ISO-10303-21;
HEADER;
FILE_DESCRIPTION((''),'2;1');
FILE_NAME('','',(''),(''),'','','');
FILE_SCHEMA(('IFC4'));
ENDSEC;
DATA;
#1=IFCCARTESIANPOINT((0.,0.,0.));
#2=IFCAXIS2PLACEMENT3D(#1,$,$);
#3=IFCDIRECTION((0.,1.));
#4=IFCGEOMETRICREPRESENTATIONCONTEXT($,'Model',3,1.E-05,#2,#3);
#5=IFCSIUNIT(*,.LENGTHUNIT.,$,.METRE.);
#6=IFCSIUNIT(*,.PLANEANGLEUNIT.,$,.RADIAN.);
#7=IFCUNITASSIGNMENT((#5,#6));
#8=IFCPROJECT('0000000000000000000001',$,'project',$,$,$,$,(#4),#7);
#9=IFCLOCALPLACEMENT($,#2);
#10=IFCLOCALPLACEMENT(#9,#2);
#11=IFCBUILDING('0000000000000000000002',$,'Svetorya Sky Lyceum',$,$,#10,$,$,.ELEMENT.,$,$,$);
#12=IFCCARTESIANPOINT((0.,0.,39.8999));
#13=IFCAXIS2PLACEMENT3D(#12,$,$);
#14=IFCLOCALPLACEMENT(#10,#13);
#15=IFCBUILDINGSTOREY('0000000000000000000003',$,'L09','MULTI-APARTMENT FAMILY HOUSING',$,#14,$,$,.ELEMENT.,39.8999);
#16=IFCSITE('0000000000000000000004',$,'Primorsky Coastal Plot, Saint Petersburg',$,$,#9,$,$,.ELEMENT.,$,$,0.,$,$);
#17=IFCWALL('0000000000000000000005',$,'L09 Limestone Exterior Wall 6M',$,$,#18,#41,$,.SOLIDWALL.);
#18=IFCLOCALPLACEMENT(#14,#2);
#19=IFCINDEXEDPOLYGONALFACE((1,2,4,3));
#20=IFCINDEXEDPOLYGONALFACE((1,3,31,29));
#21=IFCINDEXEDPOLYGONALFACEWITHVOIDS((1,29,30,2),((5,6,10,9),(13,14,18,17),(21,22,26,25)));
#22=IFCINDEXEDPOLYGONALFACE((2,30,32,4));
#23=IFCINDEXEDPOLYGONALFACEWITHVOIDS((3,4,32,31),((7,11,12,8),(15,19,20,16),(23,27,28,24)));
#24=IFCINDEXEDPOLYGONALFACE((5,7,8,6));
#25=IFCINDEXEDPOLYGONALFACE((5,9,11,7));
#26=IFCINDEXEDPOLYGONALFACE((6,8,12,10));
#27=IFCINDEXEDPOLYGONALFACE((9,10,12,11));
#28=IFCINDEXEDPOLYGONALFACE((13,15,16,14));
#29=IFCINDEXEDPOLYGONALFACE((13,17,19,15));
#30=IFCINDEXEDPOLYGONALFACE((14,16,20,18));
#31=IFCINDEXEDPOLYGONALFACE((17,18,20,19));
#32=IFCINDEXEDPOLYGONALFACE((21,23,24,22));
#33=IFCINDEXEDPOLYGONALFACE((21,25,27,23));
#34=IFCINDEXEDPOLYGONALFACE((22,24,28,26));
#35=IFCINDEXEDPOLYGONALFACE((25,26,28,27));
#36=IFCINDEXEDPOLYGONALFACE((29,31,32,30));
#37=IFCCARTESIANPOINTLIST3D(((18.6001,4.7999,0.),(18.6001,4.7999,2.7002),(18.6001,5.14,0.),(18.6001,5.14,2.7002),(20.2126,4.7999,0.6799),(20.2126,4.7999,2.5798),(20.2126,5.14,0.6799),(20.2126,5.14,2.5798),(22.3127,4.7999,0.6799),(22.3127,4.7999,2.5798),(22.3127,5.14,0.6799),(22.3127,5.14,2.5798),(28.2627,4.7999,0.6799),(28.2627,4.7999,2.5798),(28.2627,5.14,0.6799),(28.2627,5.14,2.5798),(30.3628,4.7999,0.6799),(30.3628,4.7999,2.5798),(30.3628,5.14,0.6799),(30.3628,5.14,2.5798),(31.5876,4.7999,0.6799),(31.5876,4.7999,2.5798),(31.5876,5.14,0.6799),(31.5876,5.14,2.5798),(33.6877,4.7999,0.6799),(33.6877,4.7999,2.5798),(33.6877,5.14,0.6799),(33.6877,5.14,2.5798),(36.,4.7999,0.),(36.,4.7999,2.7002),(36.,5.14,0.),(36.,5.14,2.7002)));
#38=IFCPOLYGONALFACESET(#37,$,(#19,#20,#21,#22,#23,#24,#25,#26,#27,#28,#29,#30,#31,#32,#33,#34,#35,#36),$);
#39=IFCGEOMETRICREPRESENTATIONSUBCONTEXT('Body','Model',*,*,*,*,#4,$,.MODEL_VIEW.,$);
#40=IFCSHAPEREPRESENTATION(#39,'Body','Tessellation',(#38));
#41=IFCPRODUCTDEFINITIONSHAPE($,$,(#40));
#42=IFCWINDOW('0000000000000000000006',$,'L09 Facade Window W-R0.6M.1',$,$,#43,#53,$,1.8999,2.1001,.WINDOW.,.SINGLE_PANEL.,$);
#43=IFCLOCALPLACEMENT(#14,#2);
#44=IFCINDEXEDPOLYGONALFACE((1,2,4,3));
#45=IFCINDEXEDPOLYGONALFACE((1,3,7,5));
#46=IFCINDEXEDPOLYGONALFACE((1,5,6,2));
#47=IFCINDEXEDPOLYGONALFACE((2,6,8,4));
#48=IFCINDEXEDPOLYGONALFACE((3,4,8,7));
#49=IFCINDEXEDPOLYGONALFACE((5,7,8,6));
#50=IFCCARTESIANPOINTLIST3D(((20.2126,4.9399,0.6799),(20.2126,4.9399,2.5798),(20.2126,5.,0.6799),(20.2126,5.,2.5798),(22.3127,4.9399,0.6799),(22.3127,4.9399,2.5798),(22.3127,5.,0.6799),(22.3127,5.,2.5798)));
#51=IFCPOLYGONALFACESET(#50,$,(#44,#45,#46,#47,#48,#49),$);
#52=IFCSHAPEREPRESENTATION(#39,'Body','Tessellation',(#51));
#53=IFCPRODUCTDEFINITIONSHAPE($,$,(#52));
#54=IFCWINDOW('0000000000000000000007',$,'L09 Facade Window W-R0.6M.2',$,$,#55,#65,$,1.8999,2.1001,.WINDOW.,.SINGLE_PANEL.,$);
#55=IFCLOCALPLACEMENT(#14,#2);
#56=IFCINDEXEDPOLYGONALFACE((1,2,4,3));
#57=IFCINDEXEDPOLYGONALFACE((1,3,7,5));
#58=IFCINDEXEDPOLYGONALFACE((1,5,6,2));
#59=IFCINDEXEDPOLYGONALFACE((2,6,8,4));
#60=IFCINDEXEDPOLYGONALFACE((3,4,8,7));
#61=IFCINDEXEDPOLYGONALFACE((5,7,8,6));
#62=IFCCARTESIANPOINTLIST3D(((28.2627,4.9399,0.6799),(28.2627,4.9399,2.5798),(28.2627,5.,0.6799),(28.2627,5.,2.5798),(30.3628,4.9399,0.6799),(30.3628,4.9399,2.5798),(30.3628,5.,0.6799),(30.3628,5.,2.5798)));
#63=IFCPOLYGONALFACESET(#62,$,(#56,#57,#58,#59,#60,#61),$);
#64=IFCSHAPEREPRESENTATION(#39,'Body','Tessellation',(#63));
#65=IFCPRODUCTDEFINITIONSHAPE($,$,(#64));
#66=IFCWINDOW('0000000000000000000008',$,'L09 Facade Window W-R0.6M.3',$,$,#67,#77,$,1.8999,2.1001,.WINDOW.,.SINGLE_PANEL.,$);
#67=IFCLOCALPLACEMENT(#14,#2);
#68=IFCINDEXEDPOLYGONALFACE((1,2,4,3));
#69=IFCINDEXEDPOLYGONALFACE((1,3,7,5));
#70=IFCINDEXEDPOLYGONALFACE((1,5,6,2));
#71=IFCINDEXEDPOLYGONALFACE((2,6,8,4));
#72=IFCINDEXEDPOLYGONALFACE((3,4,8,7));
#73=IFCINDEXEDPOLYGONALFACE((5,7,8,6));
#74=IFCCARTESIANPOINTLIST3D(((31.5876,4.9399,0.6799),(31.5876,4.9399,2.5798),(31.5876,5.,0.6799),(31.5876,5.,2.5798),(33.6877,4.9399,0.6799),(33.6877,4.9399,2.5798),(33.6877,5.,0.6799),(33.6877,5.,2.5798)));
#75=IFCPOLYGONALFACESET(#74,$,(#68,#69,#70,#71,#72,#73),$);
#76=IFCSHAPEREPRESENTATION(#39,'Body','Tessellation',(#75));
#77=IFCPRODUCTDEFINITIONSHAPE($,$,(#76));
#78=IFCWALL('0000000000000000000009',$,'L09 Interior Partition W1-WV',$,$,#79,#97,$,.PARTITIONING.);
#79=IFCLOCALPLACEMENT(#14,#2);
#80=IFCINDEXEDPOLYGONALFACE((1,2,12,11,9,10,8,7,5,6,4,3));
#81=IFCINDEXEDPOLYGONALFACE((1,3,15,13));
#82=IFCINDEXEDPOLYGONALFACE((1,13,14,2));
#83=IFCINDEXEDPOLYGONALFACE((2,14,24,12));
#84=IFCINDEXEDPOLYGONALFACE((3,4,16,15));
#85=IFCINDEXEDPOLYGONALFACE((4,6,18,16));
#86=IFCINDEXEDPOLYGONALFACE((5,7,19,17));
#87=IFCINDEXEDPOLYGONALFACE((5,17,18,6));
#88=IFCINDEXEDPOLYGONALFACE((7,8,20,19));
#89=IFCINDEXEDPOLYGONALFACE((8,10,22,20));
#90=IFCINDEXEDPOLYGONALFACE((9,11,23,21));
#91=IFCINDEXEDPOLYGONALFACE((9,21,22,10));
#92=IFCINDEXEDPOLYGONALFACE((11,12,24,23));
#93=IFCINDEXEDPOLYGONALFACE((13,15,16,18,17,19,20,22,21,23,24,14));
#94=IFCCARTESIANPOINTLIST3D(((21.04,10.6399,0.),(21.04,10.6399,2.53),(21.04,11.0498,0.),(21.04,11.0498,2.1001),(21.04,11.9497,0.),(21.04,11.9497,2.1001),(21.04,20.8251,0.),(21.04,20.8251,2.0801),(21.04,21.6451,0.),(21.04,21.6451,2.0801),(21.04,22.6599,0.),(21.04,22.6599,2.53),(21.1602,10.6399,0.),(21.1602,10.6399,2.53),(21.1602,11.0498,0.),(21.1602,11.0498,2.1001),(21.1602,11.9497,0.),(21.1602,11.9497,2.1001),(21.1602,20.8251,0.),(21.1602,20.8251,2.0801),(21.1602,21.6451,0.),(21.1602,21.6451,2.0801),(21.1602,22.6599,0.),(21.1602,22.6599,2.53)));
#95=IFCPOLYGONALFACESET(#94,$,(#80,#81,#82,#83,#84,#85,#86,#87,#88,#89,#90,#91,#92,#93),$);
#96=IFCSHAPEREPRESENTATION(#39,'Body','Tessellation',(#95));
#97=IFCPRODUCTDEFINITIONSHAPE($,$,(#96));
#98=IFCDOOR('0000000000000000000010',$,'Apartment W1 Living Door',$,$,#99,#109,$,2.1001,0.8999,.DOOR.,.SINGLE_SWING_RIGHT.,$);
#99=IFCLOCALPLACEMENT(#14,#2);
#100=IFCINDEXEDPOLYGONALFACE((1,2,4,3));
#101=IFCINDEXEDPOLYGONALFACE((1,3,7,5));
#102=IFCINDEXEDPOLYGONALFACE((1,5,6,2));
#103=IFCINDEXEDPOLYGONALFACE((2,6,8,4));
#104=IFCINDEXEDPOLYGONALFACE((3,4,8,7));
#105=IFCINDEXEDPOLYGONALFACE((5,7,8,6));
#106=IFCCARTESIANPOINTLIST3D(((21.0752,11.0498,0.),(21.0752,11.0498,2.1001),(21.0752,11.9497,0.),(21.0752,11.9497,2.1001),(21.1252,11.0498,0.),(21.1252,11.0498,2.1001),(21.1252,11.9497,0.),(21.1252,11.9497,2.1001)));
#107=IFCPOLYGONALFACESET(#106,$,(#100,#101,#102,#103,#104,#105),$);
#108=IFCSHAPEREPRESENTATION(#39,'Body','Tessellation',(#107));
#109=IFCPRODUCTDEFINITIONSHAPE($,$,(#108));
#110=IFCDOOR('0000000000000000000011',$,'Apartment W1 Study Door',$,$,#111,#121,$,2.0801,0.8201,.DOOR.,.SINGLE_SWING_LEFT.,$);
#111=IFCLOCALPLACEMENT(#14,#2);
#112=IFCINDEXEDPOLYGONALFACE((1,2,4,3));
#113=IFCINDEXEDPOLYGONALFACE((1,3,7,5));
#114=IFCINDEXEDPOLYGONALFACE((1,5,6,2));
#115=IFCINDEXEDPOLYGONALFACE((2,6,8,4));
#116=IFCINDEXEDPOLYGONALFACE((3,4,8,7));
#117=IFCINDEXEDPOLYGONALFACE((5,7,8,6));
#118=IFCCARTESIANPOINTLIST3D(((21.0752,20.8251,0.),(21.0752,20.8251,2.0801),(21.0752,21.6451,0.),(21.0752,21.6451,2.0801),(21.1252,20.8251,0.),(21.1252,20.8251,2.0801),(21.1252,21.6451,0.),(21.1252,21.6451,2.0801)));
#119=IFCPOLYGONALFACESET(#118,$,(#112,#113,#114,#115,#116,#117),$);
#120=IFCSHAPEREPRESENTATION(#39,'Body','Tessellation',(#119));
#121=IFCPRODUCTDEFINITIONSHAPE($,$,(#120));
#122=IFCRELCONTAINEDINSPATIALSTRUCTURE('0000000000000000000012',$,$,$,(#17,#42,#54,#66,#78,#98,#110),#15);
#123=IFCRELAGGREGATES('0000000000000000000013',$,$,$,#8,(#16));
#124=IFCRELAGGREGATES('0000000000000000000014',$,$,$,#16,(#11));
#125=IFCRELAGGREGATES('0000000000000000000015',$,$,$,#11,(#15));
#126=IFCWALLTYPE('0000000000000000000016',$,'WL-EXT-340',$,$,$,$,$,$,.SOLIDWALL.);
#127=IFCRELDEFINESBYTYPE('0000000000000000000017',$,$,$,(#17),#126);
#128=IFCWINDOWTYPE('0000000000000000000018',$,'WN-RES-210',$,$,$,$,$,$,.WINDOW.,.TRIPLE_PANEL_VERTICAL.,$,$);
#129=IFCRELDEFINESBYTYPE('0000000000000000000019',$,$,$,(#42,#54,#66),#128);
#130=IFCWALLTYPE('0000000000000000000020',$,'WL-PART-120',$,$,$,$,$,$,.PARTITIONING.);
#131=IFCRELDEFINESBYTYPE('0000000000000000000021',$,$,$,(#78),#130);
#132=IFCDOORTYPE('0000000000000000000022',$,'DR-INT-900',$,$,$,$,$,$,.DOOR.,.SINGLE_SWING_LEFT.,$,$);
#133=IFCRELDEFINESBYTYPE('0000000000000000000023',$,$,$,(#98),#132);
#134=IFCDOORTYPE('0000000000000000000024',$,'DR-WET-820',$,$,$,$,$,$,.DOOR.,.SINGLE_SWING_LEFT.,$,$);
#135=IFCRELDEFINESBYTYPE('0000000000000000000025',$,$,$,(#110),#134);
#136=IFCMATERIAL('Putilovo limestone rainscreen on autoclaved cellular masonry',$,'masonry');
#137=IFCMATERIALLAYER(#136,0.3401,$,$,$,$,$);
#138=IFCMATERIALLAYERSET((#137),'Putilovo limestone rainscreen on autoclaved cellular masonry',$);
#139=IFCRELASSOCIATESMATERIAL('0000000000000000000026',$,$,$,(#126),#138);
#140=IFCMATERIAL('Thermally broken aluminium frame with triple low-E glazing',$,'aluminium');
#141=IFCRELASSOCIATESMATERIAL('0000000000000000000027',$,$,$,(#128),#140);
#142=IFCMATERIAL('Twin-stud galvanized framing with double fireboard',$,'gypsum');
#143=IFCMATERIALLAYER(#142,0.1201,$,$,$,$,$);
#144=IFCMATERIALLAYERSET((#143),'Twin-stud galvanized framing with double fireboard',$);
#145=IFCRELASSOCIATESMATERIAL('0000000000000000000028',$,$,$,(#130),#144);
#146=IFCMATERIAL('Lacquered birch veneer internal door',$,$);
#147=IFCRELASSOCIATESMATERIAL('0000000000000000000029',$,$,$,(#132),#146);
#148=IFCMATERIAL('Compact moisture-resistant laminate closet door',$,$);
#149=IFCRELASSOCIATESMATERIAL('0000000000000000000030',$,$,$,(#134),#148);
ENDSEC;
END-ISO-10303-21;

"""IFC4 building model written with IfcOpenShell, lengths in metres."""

from ifc_helpers import new_model, si_unit, direction, frame, frame_2d, origin, place, context, subcontext, project, spatial, rectangle, extrude, material, layer, layer_set, type_object, element, fill, save


model = new_model("IFC4")

# Units and contexts
model_context = context("Model", 3, precision=1e-05, world=origin(), true_north=direction((0.0, 1.0)))
body_context = subcontext(model_context, "Body", "Model", "MODEL_VIEW")
ifc_project = project(units=[si_unit("LENGTHUNIT", "METRE"), si_unit("PLANEANGLEUNIT", "RADIAN")], contexts=[model_context])

# Site, building, storey
site_placement = place(None, origin())
site = spatial("IfcSite", under=ifc_project, at=site_placement, Name="Primorsky Coastal Plot, Saint Petersburg", CompositionType="ELEMENT", RefElevation=0.0)
building_placement = place(site_placement, origin())
building = spatial("IfcBuilding", under=site, at=building_placement, Name="Svetorya Sky Lyceum", CompositionType="ELEMENT")
storey_placement = place(building_placement, frame((0.0, 0.0, 39.8999)))
storey = spatial("IfcBuildingStorey", under=building, at=storey_placement, Name="L09", Description="MULTI-APARTMENT FAMILY HOUSING", CompositionType="ELEMENT", Elevation=39.8999)

# Shared definitions
ifc_material_1 = material(Name="Putilovo limestone rainscreen on autoclaved cellular masonry", Category="masonry")
ifc_layer_1 = layer(ifc_material_1, 0.3401)
ifc_layer_set_1 = layer_set([ifc_layer_1], Name="Putilovo limestone rainscreen on autoclaved cellular masonry")
wall_type_1 = type_object("IfcWallType", Name="WL-EXT-340", PredefinedType="SOLIDWALL", material=ifc_layer_set_1)

# Wall, openings, windows
wall_1_placement = place(storey_placement, frame((18.6001, 4.97, 0.0), z_axis=(0.0, 0.0, 1.0), x_axis=(1.0, 0.0, 0.0)))
wall_1 = element("IfcWall", 1, at=wall_1_placement, inside=storey, type_object=wall_type_1, Name="L09 Limestone Exterior Wall 6M", PredefinedType="SOLIDWALL", context=body_context, shape_type="SweptSolid", body=[
    extrude(rectangle(XDim=17.3999, YDim=0.3401, at=frame_2d((8.7, 0.0))), origin(), (0.0, 0.0, 1.0), 2.7002),
])
opening_1_placement = place(wall_1_placement, frame((1.6125, 0.0, 0.6799)))
opening_1 = element("IfcOpeningElement", 2, at=opening_1_placement, cuts=wall_1, PredefinedType="OPENING", context=body_context, shape_type="SweptSolid", body=[
    extrude(rectangle(XDim=2.1001, YDim=1.8999, at=frame_2d((1.05, 0.95))), frame((0.0, 0.1799, 0.0), z_axis=(0.0, -1.0, 0.0), x_axis=(1.0, 0.0, 0.0)), (0.0, 0.0, 1.0), 0.3601),
])
opening_2_placement = place(wall_1_placement, frame((9.6626, 0.0, 0.6799)))
opening_2 = element("IfcOpeningElement", 3, at=opening_2_placement, cuts=wall_1, PredefinedType="OPENING", context=body_context, shape_type="SweptSolid", body=[
    extrude(rectangle(XDim=2.1001, YDim=1.8999, at=frame_2d((1.05, 0.95))), frame((0.0, 0.1799, 0.0), z_axis=(0.0, -1.0, 0.0), x_axis=(1.0, 0.0, 0.0)), (0.0, 0.0, 1.0), 0.3601),
])
opening_3_placement = place(wall_1_placement, frame((12.9875, 0.0, 0.6799)))
opening_3 = element("IfcOpeningElement", 4, at=opening_3_placement, cuts=wall_1, PredefinedType="OPENING", context=body_context, shape_type="SweptSolid", body=[
    extrude(rectangle(XDim=2.1001, YDim=1.8999, at=frame_2d((1.05, 0.95))), frame((0.0, 0.1799, 0.0), z_axis=(0.0, -1.0, 0.0), x_axis=(1.0, 0.0, 0.0)), (0.0, 0.0, 1.0), 0.3601),
])
ifc_material_2 = material(Name="Thermally broken aluminium frame with triple low-E glazing", Category="aluminium")
window_type = type_object("IfcWindowType", Name="WN-RES-210", PartitioningType="TRIPLE_PANEL_VERTICAL", PredefinedType="WINDOW", material=ifc_material_2)
window_1_placement = place(opening_1_placement, origin())
window_1 = element("IfcWindow", 5, at=window_1_placement, inside=storey, type_object=window_type, Name="L09 Facade Window W-R0.6M.1", OverallHeight=1.8999, OverallWidth=2.1001, PartitioningType="SINGLE_PANEL", PredefinedType="WINDOW", context=body_context, shape_type="SweptSolid", body=[
    extrude(rectangle(XDim=2.1001, YDim=1.8999, at=frame_2d((1.05, 0.95))), frame((0.0, 0.03, 0.0), z_axis=(0.0, -1.0, 0.0), x_axis=(1.0, 0.0, 0.0)), (0.0, 0.0, 1.0), 0.0601),
])
fill(opening_1, window_1)
window_2_placement = place(opening_2_placement, origin())
window_2 = element("IfcWindow", 6, at=window_2_placement, inside=storey, type_object=window_type, Name="L09 Facade Window W-R0.6M.2", OverallHeight=1.8999, OverallWidth=2.1001, PartitioningType="SINGLE_PANEL", PredefinedType="WINDOW", context=body_context, shape_type="SweptSolid", body=[
    extrude(rectangle(XDim=2.1001, YDim=1.8999, at=frame_2d((1.05, 0.95))), frame((0.0, 0.03, 0.0), z_axis=(0.0, -1.0, 0.0), x_axis=(1.0, 0.0, 0.0)), (0.0, 0.0, 1.0), 0.0601),
])
fill(opening_2, window_2)
window_3_placement = place(opening_3_placement, origin())
window_3 = element("IfcWindow", 7, at=window_3_placement, inside=storey, type_object=window_type, Name="L09 Facade Window W-R0.6M.3", OverallHeight=1.8999, OverallWidth=2.1001, PartitioningType="SINGLE_PANEL", PredefinedType="WINDOW", context=body_context, shape_type="SweptSolid", body=[
    extrude(rectangle(XDim=2.1001, YDim=1.8999, at=frame_2d((1.05, 0.95))), frame((0.0, 0.03, 0.0), z_axis=(0.0, -1.0, 0.0), x_axis=(1.0, 0.0, 0.0)), (0.0, 0.0, 1.0), 0.0601),
])
fill(opening_3, window_3)

# Wall, openings, doors
ifc_material_3 = material(Name="Twin-stud galvanized framing with double fireboard", Category="gypsum")
ifc_layer_2 = layer(ifc_material_3, 0.1201)
ifc_layer_set_2 = layer_set([ifc_layer_2], Name="Twin-stud galvanized framing with double fireboard")
wall_type_2 = type_object("IfcWallType", Name="WL-PART-120", PredefinedType="PARTITIONING", material=ifc_layer_set_2)
wall_2_placement = place(storey_placement, frame((21.1001, 10.6399, 0.0), z_axis=(0.0, 0.0, 1.0), x_axis=(0.0, 1.0, 0.0)))
wall_2 = element("IfcWall", 8, at=wall_2_placement, inside=storey, type_object=wall_type_2, Name="L09 Interior Partition W1-WV", PredefinedType="PARTITIONING", context=body_context, shape_type="SweptSolid", body=[
    extrude(rectangle(XDim=12.02, YDim=0.1201, at=frame_2d((6.01, 0.0))), origin(), (0.0, 0.0, 1.0), 2.53),
])
opening_4_placement = place(wall_2_placement, frame((0.4099, 0.0, 0.0)))
opening_4 = element("IfcOpeningElement", 9, at=opening_4_placement, cuts=wall_2, PredefinedType="OPENING", context=body_context, shape_type="SweptSolid", body=[
    extrude(rectangle(XDim=0.8999, YDim=2.1001, at=frame_2d((0.45, 1.05))), frame((0.0, 0.0701, 0.0), z_axis=(0.0, -1.0, 0.0), x_axis=(1.0, 0.0, 0.0)), (0.0, 0.0, 1.0), 0.1401),
])
opening_5_placement = place(wall_2_placement, frame((10.1851, 0.0, 0.0)))
opening_5 = element("IfcOpeningElement", 10, at=opening_5_placement, cuts=wall_2, PredefinedType="OPENING", context=body_context, shape_type="SweptSolid", body=[
    extrude(rectangle(XDim=0.8201, YDim=2.0801, at=frame_2d((0.4102, 1.04))), frame((0.0, 0.0701, 0.0), z_axis=(0.0, -1.0, 0.0), x_axis=(1.0, 0.0, 0.0)), (0.0, 0.0, 1.0), 0.1401),
])
ifc_material_4 = material(Name="Lacquered birch veneer internal door")
door_type_1 = type_object("IfcDoorType", Name="DR-INT-900", OperationType="SINGLE_SWING_LEFT", PredefinedType="DOOR", material=ifc_material_4)
door_1_placement = place(opening_4_placement, origin())
door_1 = element("IfcDoor", 11, at=door_1_placement, inside=storey, type_object=door_type_1, Name="Apartment W1 Living Door", OperationType="SINGLE_SWING_RIGHT", OverallHeight=2.1001, OverallWidth=0.8999, PredefinedType="DOOR", context=body_context, shape_type="SweptSolid", body=[
    extrude(rectangle(XDim=0.8999, YDim=2.1001, at=frame_2d((0.45, 1.05))), frame((0.0, 0.0249, 0.0), z_axis=(0.0, -1.0, 0.0), x_axis=(1.0, 0.0, 0.0)), (0.0, 0.0, 1.0), 0.05),
])
fill(opening_4, door_1)
ifc_material_5 = material(Name="Compact moisture-resistant laminate closet door")
door_type_2 = type_object("IfcDoorType", Name="DR-WET-820", OperationType="SINGLE_SWING_LEFT", PredefinedType="DOOR", material=ifc_material_5)
door_2_placement = place(opening_5_placement, origin())
door_2 = element("IfcDoor", 12, at=door_2_placement, inside=storey, type_object=door_type_2, Name="Apartment W1 Study Door", OperationType="SINGLE_SWING_LEFT", OverallHeight=2.0801, OverallWidth=0.8201, PredefinedType="DOOR", context=body_context, shape_type="SweptSolid", body=[
    extrude(rectangle(XDim=0.8201, YDim=2.0801, at=frame_2d((0.4102, 1.04))), frame((0.0, 0.0249, 0.0), z_axis=(0.0, -1.0, 0.0), x_axis=(1.0, 0.0, 0.0)), (0.0, 0.0, 1.0), 0.05),
])
fill(opening_5, door_2)

save(model, "model.ifc")
